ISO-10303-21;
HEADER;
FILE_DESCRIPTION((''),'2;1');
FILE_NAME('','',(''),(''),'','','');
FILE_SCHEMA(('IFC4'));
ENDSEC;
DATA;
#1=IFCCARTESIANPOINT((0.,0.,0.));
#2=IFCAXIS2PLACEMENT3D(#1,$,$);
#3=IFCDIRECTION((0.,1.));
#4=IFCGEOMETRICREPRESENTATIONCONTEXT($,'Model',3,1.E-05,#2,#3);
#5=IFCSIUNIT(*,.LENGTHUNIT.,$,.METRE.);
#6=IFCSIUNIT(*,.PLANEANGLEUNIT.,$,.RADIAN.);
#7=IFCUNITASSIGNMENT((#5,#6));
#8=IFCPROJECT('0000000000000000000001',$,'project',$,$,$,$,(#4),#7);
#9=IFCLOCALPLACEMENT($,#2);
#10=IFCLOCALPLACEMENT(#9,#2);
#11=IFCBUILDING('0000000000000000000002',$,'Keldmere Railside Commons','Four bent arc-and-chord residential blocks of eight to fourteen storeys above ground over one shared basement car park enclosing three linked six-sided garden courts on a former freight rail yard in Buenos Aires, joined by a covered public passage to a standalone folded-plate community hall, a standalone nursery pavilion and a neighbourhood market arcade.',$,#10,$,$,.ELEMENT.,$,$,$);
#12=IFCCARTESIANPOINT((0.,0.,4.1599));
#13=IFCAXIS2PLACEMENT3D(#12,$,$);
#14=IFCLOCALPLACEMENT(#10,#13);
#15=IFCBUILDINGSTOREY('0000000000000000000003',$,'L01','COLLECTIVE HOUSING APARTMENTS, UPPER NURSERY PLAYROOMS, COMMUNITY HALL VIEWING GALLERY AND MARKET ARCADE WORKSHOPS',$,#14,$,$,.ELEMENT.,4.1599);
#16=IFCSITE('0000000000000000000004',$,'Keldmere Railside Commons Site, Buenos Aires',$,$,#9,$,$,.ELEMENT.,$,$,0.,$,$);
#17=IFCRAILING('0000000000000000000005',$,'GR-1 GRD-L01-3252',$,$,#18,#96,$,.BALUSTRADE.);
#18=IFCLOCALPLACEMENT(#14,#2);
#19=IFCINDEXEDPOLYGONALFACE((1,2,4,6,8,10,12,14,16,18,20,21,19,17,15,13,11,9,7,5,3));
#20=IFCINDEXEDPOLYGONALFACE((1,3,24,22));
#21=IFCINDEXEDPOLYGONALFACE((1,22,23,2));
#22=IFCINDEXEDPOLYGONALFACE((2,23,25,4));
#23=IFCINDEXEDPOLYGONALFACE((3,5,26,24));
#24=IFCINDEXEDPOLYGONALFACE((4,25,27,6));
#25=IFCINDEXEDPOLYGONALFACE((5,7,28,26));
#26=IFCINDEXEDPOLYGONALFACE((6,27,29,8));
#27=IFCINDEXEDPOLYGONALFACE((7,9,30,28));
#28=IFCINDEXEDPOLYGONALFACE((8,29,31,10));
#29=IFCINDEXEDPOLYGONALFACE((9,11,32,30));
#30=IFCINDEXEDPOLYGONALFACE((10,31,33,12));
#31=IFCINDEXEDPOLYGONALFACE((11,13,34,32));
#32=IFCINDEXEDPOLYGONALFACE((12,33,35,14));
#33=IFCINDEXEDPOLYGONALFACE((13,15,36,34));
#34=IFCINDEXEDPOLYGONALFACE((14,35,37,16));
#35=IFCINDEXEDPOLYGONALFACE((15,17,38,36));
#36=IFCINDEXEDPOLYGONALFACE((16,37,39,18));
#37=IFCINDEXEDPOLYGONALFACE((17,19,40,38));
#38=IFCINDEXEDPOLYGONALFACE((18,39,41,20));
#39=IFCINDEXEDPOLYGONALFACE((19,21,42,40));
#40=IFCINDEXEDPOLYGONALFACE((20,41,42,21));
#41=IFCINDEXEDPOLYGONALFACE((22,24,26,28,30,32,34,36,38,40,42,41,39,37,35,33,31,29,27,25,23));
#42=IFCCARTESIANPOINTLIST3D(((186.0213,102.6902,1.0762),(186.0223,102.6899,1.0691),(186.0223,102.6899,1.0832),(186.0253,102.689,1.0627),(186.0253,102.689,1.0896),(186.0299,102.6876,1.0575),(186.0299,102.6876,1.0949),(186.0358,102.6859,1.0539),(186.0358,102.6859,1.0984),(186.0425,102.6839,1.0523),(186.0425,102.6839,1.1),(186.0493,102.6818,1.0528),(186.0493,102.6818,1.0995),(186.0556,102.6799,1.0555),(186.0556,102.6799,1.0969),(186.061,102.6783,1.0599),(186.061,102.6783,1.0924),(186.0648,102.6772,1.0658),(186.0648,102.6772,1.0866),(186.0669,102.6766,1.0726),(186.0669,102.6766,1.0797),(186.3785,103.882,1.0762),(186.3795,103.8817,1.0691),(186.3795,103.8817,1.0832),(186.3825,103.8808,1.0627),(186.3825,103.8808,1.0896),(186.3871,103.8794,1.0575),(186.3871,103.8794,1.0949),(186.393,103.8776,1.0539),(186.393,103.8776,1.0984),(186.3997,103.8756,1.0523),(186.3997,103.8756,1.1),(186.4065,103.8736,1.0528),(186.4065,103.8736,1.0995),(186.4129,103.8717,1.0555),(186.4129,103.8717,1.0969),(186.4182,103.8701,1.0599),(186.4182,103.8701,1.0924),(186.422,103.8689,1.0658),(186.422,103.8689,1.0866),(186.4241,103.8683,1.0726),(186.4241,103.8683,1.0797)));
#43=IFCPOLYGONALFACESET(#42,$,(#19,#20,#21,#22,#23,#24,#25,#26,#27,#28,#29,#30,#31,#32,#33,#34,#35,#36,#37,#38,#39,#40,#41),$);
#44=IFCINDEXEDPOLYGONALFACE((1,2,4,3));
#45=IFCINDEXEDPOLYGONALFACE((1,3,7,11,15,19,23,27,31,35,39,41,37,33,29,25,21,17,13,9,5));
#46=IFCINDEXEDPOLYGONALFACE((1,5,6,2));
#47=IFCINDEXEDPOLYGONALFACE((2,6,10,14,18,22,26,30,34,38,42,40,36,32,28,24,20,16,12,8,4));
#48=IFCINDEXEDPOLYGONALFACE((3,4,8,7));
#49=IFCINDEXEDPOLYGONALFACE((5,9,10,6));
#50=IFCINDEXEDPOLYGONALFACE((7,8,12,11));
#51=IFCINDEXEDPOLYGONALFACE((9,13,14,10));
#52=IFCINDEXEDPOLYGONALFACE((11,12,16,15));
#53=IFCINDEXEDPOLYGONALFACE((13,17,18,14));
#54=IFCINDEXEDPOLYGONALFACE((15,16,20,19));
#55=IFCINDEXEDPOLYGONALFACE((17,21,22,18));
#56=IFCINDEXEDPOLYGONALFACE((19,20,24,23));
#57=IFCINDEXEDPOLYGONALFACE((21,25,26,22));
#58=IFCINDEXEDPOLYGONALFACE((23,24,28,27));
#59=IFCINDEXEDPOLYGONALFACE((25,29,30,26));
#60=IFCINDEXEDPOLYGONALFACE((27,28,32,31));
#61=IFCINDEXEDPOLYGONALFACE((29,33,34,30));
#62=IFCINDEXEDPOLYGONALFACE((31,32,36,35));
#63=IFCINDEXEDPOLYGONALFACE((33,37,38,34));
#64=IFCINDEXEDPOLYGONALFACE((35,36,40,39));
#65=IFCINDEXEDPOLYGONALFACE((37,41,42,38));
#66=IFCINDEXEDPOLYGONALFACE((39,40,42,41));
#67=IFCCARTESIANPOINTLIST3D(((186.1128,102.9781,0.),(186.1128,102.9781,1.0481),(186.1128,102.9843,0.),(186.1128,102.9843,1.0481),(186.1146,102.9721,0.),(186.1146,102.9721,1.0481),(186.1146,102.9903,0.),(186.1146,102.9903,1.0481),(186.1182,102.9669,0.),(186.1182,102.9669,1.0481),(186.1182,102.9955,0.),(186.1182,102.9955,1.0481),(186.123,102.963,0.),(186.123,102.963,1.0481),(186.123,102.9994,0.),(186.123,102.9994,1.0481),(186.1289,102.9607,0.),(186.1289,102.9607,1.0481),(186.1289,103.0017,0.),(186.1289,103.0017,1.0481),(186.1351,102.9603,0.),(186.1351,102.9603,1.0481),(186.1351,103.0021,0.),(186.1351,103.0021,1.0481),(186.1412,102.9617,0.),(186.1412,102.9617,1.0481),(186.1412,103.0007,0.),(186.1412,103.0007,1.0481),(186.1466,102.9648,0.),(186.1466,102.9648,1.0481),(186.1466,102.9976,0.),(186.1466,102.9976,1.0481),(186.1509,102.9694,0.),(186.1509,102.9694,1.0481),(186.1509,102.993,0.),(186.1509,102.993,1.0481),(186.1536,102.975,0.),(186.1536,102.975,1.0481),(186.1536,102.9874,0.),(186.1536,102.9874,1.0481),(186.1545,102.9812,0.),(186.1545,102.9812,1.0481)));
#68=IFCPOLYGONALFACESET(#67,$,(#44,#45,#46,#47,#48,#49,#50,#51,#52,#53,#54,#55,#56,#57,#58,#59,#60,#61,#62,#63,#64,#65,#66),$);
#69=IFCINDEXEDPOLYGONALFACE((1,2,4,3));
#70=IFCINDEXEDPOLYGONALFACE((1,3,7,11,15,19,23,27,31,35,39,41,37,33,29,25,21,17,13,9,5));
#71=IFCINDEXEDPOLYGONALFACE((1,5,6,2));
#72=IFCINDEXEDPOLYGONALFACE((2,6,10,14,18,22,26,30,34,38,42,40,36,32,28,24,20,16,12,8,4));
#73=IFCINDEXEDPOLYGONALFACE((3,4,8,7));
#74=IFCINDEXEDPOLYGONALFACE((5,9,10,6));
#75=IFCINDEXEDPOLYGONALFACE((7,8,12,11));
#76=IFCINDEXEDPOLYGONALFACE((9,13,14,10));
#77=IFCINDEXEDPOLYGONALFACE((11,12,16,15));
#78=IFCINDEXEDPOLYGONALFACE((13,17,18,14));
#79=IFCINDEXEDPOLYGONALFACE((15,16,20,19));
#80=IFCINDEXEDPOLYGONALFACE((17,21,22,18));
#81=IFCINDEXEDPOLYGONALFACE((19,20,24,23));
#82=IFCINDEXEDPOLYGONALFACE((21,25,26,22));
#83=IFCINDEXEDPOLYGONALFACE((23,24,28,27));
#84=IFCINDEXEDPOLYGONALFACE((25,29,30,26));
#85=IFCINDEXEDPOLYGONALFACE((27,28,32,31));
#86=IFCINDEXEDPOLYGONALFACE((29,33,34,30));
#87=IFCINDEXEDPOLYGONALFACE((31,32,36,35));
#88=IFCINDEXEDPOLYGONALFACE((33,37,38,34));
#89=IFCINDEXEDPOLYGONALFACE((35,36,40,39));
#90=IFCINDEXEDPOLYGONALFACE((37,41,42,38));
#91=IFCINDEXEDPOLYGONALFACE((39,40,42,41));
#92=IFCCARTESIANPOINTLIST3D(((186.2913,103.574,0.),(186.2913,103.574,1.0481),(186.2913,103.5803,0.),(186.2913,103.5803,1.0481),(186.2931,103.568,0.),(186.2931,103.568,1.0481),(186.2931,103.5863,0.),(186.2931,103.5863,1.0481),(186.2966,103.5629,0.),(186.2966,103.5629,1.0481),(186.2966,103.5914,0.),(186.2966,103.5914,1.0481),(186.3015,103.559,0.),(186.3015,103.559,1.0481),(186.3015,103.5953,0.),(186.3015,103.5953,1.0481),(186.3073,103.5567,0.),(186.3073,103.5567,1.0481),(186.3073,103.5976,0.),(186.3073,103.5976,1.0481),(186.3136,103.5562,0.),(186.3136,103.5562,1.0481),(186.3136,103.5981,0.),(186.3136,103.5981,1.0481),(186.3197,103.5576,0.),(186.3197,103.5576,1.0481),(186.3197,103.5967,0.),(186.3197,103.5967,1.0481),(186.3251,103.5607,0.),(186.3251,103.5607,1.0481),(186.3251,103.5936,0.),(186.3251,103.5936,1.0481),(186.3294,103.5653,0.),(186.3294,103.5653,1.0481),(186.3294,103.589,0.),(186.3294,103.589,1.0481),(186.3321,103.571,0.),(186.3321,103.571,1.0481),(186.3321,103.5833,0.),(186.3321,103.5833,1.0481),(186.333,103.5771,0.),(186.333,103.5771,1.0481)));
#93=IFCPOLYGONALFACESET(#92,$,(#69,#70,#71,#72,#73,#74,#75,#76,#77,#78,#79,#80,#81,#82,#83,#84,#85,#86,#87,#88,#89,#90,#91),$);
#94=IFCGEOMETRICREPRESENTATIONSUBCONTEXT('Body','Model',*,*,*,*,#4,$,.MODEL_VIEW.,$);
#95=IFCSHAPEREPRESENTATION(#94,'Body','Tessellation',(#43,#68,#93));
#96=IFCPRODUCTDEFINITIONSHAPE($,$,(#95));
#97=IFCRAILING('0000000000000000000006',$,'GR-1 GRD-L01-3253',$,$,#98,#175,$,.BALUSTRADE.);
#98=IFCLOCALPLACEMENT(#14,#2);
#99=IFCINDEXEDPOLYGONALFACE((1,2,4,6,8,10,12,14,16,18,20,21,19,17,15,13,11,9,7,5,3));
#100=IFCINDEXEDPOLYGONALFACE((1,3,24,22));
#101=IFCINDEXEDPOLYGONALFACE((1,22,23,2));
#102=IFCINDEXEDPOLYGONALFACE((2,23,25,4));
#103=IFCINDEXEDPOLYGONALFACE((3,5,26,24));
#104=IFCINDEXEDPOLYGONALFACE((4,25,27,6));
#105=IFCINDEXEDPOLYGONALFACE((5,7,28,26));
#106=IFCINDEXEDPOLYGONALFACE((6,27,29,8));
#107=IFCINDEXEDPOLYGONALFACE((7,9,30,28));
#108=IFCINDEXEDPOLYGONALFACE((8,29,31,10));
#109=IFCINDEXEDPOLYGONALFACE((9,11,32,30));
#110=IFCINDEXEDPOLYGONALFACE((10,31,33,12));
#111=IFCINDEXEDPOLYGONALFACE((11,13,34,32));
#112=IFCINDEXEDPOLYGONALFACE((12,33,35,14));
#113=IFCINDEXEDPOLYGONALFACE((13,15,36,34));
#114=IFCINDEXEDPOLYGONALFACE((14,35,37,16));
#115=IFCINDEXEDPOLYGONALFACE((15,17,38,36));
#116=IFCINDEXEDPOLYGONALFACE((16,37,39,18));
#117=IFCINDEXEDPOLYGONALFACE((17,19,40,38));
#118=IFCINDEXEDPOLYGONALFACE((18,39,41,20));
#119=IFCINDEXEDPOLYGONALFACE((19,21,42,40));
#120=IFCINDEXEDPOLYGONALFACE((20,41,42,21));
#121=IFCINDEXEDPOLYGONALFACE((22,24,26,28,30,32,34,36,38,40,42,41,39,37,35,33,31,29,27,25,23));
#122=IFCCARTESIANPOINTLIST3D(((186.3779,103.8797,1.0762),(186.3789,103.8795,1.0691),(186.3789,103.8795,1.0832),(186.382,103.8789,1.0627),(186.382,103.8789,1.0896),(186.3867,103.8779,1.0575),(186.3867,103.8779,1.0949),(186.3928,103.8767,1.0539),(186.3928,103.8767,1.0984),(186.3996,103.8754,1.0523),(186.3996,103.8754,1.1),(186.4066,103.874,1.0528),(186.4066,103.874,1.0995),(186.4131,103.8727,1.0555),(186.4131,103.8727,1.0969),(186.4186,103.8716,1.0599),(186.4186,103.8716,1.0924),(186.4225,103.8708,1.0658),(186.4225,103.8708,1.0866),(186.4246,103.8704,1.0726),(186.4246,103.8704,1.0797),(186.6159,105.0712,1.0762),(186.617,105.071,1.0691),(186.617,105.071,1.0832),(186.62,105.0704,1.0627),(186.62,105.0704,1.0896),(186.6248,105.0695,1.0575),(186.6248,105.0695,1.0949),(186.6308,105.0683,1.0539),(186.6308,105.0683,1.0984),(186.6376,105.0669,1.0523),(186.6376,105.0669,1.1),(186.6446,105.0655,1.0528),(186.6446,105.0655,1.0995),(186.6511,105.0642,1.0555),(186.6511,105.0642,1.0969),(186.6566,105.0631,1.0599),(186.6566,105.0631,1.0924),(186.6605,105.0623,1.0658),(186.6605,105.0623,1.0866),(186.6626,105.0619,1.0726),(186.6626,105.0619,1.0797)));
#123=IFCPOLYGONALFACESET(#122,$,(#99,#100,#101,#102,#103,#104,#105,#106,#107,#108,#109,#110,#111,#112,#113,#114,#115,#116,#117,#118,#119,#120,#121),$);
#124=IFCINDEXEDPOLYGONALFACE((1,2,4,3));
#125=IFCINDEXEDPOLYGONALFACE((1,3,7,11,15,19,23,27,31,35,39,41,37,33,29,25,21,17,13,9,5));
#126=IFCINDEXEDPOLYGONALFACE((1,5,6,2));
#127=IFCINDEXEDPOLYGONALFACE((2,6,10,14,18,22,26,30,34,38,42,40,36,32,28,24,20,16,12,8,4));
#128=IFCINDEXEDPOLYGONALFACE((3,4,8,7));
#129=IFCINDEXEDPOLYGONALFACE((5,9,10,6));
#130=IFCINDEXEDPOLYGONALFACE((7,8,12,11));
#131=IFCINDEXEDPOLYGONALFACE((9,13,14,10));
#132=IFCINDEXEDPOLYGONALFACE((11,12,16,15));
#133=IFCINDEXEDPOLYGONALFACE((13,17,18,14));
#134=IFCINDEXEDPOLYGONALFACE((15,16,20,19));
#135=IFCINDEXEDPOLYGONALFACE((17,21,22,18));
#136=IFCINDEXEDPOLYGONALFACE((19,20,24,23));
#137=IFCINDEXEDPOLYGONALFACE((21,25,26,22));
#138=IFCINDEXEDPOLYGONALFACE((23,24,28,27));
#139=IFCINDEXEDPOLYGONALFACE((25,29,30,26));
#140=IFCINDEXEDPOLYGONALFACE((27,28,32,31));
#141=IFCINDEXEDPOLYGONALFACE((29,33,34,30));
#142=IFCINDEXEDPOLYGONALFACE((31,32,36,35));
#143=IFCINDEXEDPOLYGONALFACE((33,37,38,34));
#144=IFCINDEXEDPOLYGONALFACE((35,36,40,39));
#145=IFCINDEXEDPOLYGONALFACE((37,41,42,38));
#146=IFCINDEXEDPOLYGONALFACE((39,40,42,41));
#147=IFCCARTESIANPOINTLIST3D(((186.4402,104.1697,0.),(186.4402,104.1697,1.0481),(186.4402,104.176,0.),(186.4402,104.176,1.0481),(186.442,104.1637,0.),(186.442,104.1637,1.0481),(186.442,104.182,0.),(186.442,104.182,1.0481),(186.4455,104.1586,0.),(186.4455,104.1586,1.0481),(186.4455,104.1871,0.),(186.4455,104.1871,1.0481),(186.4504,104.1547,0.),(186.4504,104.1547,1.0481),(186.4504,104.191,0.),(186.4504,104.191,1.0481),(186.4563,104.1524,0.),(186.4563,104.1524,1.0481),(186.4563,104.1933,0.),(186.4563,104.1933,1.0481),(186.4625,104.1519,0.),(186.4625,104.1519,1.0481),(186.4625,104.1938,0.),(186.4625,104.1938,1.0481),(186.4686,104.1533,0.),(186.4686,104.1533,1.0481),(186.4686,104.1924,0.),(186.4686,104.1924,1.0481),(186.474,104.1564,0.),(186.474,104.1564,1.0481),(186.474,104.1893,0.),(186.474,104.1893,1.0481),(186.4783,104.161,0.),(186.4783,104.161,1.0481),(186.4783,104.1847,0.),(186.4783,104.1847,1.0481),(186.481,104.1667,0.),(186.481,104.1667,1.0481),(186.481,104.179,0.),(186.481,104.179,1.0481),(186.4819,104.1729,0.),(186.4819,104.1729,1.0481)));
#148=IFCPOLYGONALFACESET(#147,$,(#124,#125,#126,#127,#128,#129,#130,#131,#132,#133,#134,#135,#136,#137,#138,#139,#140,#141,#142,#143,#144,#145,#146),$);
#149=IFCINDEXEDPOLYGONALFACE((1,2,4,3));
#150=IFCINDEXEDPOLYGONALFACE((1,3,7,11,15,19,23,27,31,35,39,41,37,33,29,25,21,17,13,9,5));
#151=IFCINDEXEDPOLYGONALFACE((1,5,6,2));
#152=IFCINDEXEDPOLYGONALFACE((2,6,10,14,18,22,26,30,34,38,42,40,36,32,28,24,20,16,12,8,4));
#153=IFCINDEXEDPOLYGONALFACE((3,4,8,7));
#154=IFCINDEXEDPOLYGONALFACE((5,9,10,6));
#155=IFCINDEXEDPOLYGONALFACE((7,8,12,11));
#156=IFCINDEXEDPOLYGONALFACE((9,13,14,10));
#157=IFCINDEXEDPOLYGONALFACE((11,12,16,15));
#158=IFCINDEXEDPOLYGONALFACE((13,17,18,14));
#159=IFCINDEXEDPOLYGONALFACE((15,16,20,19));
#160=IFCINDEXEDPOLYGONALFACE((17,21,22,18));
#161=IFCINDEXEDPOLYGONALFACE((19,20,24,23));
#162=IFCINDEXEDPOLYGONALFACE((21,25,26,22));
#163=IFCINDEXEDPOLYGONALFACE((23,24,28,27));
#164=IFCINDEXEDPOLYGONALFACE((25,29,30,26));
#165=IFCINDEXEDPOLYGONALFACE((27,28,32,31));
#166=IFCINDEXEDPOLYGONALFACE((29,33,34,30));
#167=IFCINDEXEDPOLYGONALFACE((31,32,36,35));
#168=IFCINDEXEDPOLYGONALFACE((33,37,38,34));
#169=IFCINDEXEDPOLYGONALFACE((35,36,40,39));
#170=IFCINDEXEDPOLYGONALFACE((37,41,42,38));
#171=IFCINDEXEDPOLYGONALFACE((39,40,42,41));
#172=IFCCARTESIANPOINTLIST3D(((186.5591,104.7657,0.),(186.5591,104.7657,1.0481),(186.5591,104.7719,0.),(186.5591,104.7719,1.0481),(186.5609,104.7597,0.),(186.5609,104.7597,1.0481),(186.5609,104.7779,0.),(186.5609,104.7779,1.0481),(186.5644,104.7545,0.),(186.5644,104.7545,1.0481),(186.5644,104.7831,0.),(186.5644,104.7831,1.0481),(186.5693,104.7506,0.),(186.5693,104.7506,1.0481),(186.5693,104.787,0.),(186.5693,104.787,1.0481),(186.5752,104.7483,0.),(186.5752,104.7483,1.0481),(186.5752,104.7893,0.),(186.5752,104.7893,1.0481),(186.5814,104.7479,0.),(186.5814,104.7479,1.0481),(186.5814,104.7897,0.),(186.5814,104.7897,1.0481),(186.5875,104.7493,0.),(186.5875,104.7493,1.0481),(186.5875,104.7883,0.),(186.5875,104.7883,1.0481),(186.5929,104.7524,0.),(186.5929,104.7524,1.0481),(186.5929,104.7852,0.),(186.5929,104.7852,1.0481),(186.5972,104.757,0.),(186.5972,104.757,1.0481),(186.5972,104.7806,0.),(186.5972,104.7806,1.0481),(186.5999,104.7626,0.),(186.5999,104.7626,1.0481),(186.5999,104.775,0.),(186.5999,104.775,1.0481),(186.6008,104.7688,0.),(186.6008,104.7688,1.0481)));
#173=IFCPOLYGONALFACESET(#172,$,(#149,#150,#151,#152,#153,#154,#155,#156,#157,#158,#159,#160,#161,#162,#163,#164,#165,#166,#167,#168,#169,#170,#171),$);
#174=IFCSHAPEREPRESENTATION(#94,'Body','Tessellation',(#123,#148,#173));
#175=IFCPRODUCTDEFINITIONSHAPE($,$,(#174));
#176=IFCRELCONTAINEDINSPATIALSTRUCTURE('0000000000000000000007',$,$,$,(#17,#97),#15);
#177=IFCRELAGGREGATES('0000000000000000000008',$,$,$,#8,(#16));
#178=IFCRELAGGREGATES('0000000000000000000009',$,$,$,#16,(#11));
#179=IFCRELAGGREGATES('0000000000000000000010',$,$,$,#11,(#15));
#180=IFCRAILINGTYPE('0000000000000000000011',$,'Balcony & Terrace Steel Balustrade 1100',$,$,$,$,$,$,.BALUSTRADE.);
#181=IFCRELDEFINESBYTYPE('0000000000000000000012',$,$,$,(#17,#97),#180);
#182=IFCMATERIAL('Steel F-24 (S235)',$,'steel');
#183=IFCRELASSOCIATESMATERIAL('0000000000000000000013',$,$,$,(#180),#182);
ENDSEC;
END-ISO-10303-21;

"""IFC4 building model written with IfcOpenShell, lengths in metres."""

from ifc_helpers import new_model, si_unit, direction, frame, origin, origin_2d, place, context, subcontext, project, spatial, circle, extrude, material, type_object, element, save


model = new_model("IFC4")

# Units and contexts
model_context = context("Model", 3, precision=1e-05, world=origin(), true_north=direction((0.0, 1.0)))
body_context = subcontext(model_context, "Body", "Model", "MODEL_VIEW")
ifc_project = project(units=[si_unit("LENGTHUNIT", "METRE"), si_unit("PLANEANGLEUNIT", "RADIAN")], contexts=[model_context])

# Site, building, storey
site_placement = place(None, origin())
site = spatial("IfcSite", under=ifc_project, at=site_placement, Name="Keldmere Railside Commons Site, Buenos Aires", CompositionType="ELEMENT", RefElevation=0.0)
building_placement = place(site_placement, origin())
building = spatial("IfcBuilding", under=site, at=building_placement, Name="Keldmere Railside Commons", Description="Four bent arc-and-chord residential blocks of eight to fourteen storeys above ground over one shared basement car park enclosing three linked six-sided garden courts on a former freight rail yard in Buenos Aires, joined by a covered public passage to a standalone folded-plate community hall, a standalone nursery pavilion and a neighbourhood market arcade.", CompositionType="ELEMENT")
storey_placement = place(building_placement, frame((0.0, 0.0, 4.1599)))
storey = spatial("IfcBuildingStorey", under=building, at=storey_placement, Name="L01", Description="COLLECTIVE HOUSING APARTMENTS, UPPER NURSERY PLAYROOMS, COMMUNITY HALL VIEWING GALLERY AND MARKET ARCADE WORKSHOPS", CompositionType="ELEMENT", Elevation=4.1599)

# Railings
ifc_material_1 = material(Name="Steel F-24 (S235)", Category="steel")
railing_type = type_object("IfcRailingType", Name="Balcony & Terrace Steel Balustrade 1100", PredefinedType="BALUSTRADE", material=ifc_material_1)
railing_1_placement = place(storey_placement, frame((186.0442, 102.6833, 0.0)))
element("IfcRailing", 1, at=railing_1_placement, inside=storey, type_object=railing_type, Name="GR-1 GRD-L01-3252", PredefinedType="BALUSTRADE", context=body_context, shape_type="SweptSolid", body=[
    extrude(circle(Radius=0.0239, at=origin_2d()), frame((0.0, 0.0, 1.0762), z_axis=(0.287114, 0.957896, 0.0), x_axis=(-0.957896, 0.287114, 0.0)), (0.0, 0.0, 1.0), 1.2441),
    extrude(circle(Radius=0.021, at=origin_2d()), frame((0.0894, 0.2979, 0.0)), (0.0, 0.0, 1.0), 1.0481),
    extrude(circle(Radius=0.021, at=origin_2d()), frame((0.2678, 0.8938, 0.0)), (0.0, 0.0, 1.0), 1.0481),
])
railing_2_placement = place(storey_placement, frame((186.4014, 103.875, 0.0)))
element("IfcRailing", 2, at=railing_2_placement, inside=storey, type_object=railing_type, Name="GR-1 GRD-L01-3253", PredefinedType="BALUSTRADE", context=body_context, shape_type="SweptSolid", body=[
    extrude(circle(Radius=0.0239, at=origin_2d()), frame((0.0, 0.0, 1.0762), z_axis=(0.195884, 0.980627, 0.0), x_axis=(-0.980627, 0.195884, 0.0)), (0.0, 0.0, 1.0), 1.2151),
    extrude(circle(Radius=0.021, at=origin_2d()), frame((0.0596, 0.2979, 0.0)), (0.0, 0.0, 1.0), 1.0481),
    extrude(circle(Radius=0.021, at=origin_2d()), frame((0.1785, 0.8938, 0.0)), (0.0, 0.0, 1.0), 1.0481),
])

save(model, "model.ifc")
